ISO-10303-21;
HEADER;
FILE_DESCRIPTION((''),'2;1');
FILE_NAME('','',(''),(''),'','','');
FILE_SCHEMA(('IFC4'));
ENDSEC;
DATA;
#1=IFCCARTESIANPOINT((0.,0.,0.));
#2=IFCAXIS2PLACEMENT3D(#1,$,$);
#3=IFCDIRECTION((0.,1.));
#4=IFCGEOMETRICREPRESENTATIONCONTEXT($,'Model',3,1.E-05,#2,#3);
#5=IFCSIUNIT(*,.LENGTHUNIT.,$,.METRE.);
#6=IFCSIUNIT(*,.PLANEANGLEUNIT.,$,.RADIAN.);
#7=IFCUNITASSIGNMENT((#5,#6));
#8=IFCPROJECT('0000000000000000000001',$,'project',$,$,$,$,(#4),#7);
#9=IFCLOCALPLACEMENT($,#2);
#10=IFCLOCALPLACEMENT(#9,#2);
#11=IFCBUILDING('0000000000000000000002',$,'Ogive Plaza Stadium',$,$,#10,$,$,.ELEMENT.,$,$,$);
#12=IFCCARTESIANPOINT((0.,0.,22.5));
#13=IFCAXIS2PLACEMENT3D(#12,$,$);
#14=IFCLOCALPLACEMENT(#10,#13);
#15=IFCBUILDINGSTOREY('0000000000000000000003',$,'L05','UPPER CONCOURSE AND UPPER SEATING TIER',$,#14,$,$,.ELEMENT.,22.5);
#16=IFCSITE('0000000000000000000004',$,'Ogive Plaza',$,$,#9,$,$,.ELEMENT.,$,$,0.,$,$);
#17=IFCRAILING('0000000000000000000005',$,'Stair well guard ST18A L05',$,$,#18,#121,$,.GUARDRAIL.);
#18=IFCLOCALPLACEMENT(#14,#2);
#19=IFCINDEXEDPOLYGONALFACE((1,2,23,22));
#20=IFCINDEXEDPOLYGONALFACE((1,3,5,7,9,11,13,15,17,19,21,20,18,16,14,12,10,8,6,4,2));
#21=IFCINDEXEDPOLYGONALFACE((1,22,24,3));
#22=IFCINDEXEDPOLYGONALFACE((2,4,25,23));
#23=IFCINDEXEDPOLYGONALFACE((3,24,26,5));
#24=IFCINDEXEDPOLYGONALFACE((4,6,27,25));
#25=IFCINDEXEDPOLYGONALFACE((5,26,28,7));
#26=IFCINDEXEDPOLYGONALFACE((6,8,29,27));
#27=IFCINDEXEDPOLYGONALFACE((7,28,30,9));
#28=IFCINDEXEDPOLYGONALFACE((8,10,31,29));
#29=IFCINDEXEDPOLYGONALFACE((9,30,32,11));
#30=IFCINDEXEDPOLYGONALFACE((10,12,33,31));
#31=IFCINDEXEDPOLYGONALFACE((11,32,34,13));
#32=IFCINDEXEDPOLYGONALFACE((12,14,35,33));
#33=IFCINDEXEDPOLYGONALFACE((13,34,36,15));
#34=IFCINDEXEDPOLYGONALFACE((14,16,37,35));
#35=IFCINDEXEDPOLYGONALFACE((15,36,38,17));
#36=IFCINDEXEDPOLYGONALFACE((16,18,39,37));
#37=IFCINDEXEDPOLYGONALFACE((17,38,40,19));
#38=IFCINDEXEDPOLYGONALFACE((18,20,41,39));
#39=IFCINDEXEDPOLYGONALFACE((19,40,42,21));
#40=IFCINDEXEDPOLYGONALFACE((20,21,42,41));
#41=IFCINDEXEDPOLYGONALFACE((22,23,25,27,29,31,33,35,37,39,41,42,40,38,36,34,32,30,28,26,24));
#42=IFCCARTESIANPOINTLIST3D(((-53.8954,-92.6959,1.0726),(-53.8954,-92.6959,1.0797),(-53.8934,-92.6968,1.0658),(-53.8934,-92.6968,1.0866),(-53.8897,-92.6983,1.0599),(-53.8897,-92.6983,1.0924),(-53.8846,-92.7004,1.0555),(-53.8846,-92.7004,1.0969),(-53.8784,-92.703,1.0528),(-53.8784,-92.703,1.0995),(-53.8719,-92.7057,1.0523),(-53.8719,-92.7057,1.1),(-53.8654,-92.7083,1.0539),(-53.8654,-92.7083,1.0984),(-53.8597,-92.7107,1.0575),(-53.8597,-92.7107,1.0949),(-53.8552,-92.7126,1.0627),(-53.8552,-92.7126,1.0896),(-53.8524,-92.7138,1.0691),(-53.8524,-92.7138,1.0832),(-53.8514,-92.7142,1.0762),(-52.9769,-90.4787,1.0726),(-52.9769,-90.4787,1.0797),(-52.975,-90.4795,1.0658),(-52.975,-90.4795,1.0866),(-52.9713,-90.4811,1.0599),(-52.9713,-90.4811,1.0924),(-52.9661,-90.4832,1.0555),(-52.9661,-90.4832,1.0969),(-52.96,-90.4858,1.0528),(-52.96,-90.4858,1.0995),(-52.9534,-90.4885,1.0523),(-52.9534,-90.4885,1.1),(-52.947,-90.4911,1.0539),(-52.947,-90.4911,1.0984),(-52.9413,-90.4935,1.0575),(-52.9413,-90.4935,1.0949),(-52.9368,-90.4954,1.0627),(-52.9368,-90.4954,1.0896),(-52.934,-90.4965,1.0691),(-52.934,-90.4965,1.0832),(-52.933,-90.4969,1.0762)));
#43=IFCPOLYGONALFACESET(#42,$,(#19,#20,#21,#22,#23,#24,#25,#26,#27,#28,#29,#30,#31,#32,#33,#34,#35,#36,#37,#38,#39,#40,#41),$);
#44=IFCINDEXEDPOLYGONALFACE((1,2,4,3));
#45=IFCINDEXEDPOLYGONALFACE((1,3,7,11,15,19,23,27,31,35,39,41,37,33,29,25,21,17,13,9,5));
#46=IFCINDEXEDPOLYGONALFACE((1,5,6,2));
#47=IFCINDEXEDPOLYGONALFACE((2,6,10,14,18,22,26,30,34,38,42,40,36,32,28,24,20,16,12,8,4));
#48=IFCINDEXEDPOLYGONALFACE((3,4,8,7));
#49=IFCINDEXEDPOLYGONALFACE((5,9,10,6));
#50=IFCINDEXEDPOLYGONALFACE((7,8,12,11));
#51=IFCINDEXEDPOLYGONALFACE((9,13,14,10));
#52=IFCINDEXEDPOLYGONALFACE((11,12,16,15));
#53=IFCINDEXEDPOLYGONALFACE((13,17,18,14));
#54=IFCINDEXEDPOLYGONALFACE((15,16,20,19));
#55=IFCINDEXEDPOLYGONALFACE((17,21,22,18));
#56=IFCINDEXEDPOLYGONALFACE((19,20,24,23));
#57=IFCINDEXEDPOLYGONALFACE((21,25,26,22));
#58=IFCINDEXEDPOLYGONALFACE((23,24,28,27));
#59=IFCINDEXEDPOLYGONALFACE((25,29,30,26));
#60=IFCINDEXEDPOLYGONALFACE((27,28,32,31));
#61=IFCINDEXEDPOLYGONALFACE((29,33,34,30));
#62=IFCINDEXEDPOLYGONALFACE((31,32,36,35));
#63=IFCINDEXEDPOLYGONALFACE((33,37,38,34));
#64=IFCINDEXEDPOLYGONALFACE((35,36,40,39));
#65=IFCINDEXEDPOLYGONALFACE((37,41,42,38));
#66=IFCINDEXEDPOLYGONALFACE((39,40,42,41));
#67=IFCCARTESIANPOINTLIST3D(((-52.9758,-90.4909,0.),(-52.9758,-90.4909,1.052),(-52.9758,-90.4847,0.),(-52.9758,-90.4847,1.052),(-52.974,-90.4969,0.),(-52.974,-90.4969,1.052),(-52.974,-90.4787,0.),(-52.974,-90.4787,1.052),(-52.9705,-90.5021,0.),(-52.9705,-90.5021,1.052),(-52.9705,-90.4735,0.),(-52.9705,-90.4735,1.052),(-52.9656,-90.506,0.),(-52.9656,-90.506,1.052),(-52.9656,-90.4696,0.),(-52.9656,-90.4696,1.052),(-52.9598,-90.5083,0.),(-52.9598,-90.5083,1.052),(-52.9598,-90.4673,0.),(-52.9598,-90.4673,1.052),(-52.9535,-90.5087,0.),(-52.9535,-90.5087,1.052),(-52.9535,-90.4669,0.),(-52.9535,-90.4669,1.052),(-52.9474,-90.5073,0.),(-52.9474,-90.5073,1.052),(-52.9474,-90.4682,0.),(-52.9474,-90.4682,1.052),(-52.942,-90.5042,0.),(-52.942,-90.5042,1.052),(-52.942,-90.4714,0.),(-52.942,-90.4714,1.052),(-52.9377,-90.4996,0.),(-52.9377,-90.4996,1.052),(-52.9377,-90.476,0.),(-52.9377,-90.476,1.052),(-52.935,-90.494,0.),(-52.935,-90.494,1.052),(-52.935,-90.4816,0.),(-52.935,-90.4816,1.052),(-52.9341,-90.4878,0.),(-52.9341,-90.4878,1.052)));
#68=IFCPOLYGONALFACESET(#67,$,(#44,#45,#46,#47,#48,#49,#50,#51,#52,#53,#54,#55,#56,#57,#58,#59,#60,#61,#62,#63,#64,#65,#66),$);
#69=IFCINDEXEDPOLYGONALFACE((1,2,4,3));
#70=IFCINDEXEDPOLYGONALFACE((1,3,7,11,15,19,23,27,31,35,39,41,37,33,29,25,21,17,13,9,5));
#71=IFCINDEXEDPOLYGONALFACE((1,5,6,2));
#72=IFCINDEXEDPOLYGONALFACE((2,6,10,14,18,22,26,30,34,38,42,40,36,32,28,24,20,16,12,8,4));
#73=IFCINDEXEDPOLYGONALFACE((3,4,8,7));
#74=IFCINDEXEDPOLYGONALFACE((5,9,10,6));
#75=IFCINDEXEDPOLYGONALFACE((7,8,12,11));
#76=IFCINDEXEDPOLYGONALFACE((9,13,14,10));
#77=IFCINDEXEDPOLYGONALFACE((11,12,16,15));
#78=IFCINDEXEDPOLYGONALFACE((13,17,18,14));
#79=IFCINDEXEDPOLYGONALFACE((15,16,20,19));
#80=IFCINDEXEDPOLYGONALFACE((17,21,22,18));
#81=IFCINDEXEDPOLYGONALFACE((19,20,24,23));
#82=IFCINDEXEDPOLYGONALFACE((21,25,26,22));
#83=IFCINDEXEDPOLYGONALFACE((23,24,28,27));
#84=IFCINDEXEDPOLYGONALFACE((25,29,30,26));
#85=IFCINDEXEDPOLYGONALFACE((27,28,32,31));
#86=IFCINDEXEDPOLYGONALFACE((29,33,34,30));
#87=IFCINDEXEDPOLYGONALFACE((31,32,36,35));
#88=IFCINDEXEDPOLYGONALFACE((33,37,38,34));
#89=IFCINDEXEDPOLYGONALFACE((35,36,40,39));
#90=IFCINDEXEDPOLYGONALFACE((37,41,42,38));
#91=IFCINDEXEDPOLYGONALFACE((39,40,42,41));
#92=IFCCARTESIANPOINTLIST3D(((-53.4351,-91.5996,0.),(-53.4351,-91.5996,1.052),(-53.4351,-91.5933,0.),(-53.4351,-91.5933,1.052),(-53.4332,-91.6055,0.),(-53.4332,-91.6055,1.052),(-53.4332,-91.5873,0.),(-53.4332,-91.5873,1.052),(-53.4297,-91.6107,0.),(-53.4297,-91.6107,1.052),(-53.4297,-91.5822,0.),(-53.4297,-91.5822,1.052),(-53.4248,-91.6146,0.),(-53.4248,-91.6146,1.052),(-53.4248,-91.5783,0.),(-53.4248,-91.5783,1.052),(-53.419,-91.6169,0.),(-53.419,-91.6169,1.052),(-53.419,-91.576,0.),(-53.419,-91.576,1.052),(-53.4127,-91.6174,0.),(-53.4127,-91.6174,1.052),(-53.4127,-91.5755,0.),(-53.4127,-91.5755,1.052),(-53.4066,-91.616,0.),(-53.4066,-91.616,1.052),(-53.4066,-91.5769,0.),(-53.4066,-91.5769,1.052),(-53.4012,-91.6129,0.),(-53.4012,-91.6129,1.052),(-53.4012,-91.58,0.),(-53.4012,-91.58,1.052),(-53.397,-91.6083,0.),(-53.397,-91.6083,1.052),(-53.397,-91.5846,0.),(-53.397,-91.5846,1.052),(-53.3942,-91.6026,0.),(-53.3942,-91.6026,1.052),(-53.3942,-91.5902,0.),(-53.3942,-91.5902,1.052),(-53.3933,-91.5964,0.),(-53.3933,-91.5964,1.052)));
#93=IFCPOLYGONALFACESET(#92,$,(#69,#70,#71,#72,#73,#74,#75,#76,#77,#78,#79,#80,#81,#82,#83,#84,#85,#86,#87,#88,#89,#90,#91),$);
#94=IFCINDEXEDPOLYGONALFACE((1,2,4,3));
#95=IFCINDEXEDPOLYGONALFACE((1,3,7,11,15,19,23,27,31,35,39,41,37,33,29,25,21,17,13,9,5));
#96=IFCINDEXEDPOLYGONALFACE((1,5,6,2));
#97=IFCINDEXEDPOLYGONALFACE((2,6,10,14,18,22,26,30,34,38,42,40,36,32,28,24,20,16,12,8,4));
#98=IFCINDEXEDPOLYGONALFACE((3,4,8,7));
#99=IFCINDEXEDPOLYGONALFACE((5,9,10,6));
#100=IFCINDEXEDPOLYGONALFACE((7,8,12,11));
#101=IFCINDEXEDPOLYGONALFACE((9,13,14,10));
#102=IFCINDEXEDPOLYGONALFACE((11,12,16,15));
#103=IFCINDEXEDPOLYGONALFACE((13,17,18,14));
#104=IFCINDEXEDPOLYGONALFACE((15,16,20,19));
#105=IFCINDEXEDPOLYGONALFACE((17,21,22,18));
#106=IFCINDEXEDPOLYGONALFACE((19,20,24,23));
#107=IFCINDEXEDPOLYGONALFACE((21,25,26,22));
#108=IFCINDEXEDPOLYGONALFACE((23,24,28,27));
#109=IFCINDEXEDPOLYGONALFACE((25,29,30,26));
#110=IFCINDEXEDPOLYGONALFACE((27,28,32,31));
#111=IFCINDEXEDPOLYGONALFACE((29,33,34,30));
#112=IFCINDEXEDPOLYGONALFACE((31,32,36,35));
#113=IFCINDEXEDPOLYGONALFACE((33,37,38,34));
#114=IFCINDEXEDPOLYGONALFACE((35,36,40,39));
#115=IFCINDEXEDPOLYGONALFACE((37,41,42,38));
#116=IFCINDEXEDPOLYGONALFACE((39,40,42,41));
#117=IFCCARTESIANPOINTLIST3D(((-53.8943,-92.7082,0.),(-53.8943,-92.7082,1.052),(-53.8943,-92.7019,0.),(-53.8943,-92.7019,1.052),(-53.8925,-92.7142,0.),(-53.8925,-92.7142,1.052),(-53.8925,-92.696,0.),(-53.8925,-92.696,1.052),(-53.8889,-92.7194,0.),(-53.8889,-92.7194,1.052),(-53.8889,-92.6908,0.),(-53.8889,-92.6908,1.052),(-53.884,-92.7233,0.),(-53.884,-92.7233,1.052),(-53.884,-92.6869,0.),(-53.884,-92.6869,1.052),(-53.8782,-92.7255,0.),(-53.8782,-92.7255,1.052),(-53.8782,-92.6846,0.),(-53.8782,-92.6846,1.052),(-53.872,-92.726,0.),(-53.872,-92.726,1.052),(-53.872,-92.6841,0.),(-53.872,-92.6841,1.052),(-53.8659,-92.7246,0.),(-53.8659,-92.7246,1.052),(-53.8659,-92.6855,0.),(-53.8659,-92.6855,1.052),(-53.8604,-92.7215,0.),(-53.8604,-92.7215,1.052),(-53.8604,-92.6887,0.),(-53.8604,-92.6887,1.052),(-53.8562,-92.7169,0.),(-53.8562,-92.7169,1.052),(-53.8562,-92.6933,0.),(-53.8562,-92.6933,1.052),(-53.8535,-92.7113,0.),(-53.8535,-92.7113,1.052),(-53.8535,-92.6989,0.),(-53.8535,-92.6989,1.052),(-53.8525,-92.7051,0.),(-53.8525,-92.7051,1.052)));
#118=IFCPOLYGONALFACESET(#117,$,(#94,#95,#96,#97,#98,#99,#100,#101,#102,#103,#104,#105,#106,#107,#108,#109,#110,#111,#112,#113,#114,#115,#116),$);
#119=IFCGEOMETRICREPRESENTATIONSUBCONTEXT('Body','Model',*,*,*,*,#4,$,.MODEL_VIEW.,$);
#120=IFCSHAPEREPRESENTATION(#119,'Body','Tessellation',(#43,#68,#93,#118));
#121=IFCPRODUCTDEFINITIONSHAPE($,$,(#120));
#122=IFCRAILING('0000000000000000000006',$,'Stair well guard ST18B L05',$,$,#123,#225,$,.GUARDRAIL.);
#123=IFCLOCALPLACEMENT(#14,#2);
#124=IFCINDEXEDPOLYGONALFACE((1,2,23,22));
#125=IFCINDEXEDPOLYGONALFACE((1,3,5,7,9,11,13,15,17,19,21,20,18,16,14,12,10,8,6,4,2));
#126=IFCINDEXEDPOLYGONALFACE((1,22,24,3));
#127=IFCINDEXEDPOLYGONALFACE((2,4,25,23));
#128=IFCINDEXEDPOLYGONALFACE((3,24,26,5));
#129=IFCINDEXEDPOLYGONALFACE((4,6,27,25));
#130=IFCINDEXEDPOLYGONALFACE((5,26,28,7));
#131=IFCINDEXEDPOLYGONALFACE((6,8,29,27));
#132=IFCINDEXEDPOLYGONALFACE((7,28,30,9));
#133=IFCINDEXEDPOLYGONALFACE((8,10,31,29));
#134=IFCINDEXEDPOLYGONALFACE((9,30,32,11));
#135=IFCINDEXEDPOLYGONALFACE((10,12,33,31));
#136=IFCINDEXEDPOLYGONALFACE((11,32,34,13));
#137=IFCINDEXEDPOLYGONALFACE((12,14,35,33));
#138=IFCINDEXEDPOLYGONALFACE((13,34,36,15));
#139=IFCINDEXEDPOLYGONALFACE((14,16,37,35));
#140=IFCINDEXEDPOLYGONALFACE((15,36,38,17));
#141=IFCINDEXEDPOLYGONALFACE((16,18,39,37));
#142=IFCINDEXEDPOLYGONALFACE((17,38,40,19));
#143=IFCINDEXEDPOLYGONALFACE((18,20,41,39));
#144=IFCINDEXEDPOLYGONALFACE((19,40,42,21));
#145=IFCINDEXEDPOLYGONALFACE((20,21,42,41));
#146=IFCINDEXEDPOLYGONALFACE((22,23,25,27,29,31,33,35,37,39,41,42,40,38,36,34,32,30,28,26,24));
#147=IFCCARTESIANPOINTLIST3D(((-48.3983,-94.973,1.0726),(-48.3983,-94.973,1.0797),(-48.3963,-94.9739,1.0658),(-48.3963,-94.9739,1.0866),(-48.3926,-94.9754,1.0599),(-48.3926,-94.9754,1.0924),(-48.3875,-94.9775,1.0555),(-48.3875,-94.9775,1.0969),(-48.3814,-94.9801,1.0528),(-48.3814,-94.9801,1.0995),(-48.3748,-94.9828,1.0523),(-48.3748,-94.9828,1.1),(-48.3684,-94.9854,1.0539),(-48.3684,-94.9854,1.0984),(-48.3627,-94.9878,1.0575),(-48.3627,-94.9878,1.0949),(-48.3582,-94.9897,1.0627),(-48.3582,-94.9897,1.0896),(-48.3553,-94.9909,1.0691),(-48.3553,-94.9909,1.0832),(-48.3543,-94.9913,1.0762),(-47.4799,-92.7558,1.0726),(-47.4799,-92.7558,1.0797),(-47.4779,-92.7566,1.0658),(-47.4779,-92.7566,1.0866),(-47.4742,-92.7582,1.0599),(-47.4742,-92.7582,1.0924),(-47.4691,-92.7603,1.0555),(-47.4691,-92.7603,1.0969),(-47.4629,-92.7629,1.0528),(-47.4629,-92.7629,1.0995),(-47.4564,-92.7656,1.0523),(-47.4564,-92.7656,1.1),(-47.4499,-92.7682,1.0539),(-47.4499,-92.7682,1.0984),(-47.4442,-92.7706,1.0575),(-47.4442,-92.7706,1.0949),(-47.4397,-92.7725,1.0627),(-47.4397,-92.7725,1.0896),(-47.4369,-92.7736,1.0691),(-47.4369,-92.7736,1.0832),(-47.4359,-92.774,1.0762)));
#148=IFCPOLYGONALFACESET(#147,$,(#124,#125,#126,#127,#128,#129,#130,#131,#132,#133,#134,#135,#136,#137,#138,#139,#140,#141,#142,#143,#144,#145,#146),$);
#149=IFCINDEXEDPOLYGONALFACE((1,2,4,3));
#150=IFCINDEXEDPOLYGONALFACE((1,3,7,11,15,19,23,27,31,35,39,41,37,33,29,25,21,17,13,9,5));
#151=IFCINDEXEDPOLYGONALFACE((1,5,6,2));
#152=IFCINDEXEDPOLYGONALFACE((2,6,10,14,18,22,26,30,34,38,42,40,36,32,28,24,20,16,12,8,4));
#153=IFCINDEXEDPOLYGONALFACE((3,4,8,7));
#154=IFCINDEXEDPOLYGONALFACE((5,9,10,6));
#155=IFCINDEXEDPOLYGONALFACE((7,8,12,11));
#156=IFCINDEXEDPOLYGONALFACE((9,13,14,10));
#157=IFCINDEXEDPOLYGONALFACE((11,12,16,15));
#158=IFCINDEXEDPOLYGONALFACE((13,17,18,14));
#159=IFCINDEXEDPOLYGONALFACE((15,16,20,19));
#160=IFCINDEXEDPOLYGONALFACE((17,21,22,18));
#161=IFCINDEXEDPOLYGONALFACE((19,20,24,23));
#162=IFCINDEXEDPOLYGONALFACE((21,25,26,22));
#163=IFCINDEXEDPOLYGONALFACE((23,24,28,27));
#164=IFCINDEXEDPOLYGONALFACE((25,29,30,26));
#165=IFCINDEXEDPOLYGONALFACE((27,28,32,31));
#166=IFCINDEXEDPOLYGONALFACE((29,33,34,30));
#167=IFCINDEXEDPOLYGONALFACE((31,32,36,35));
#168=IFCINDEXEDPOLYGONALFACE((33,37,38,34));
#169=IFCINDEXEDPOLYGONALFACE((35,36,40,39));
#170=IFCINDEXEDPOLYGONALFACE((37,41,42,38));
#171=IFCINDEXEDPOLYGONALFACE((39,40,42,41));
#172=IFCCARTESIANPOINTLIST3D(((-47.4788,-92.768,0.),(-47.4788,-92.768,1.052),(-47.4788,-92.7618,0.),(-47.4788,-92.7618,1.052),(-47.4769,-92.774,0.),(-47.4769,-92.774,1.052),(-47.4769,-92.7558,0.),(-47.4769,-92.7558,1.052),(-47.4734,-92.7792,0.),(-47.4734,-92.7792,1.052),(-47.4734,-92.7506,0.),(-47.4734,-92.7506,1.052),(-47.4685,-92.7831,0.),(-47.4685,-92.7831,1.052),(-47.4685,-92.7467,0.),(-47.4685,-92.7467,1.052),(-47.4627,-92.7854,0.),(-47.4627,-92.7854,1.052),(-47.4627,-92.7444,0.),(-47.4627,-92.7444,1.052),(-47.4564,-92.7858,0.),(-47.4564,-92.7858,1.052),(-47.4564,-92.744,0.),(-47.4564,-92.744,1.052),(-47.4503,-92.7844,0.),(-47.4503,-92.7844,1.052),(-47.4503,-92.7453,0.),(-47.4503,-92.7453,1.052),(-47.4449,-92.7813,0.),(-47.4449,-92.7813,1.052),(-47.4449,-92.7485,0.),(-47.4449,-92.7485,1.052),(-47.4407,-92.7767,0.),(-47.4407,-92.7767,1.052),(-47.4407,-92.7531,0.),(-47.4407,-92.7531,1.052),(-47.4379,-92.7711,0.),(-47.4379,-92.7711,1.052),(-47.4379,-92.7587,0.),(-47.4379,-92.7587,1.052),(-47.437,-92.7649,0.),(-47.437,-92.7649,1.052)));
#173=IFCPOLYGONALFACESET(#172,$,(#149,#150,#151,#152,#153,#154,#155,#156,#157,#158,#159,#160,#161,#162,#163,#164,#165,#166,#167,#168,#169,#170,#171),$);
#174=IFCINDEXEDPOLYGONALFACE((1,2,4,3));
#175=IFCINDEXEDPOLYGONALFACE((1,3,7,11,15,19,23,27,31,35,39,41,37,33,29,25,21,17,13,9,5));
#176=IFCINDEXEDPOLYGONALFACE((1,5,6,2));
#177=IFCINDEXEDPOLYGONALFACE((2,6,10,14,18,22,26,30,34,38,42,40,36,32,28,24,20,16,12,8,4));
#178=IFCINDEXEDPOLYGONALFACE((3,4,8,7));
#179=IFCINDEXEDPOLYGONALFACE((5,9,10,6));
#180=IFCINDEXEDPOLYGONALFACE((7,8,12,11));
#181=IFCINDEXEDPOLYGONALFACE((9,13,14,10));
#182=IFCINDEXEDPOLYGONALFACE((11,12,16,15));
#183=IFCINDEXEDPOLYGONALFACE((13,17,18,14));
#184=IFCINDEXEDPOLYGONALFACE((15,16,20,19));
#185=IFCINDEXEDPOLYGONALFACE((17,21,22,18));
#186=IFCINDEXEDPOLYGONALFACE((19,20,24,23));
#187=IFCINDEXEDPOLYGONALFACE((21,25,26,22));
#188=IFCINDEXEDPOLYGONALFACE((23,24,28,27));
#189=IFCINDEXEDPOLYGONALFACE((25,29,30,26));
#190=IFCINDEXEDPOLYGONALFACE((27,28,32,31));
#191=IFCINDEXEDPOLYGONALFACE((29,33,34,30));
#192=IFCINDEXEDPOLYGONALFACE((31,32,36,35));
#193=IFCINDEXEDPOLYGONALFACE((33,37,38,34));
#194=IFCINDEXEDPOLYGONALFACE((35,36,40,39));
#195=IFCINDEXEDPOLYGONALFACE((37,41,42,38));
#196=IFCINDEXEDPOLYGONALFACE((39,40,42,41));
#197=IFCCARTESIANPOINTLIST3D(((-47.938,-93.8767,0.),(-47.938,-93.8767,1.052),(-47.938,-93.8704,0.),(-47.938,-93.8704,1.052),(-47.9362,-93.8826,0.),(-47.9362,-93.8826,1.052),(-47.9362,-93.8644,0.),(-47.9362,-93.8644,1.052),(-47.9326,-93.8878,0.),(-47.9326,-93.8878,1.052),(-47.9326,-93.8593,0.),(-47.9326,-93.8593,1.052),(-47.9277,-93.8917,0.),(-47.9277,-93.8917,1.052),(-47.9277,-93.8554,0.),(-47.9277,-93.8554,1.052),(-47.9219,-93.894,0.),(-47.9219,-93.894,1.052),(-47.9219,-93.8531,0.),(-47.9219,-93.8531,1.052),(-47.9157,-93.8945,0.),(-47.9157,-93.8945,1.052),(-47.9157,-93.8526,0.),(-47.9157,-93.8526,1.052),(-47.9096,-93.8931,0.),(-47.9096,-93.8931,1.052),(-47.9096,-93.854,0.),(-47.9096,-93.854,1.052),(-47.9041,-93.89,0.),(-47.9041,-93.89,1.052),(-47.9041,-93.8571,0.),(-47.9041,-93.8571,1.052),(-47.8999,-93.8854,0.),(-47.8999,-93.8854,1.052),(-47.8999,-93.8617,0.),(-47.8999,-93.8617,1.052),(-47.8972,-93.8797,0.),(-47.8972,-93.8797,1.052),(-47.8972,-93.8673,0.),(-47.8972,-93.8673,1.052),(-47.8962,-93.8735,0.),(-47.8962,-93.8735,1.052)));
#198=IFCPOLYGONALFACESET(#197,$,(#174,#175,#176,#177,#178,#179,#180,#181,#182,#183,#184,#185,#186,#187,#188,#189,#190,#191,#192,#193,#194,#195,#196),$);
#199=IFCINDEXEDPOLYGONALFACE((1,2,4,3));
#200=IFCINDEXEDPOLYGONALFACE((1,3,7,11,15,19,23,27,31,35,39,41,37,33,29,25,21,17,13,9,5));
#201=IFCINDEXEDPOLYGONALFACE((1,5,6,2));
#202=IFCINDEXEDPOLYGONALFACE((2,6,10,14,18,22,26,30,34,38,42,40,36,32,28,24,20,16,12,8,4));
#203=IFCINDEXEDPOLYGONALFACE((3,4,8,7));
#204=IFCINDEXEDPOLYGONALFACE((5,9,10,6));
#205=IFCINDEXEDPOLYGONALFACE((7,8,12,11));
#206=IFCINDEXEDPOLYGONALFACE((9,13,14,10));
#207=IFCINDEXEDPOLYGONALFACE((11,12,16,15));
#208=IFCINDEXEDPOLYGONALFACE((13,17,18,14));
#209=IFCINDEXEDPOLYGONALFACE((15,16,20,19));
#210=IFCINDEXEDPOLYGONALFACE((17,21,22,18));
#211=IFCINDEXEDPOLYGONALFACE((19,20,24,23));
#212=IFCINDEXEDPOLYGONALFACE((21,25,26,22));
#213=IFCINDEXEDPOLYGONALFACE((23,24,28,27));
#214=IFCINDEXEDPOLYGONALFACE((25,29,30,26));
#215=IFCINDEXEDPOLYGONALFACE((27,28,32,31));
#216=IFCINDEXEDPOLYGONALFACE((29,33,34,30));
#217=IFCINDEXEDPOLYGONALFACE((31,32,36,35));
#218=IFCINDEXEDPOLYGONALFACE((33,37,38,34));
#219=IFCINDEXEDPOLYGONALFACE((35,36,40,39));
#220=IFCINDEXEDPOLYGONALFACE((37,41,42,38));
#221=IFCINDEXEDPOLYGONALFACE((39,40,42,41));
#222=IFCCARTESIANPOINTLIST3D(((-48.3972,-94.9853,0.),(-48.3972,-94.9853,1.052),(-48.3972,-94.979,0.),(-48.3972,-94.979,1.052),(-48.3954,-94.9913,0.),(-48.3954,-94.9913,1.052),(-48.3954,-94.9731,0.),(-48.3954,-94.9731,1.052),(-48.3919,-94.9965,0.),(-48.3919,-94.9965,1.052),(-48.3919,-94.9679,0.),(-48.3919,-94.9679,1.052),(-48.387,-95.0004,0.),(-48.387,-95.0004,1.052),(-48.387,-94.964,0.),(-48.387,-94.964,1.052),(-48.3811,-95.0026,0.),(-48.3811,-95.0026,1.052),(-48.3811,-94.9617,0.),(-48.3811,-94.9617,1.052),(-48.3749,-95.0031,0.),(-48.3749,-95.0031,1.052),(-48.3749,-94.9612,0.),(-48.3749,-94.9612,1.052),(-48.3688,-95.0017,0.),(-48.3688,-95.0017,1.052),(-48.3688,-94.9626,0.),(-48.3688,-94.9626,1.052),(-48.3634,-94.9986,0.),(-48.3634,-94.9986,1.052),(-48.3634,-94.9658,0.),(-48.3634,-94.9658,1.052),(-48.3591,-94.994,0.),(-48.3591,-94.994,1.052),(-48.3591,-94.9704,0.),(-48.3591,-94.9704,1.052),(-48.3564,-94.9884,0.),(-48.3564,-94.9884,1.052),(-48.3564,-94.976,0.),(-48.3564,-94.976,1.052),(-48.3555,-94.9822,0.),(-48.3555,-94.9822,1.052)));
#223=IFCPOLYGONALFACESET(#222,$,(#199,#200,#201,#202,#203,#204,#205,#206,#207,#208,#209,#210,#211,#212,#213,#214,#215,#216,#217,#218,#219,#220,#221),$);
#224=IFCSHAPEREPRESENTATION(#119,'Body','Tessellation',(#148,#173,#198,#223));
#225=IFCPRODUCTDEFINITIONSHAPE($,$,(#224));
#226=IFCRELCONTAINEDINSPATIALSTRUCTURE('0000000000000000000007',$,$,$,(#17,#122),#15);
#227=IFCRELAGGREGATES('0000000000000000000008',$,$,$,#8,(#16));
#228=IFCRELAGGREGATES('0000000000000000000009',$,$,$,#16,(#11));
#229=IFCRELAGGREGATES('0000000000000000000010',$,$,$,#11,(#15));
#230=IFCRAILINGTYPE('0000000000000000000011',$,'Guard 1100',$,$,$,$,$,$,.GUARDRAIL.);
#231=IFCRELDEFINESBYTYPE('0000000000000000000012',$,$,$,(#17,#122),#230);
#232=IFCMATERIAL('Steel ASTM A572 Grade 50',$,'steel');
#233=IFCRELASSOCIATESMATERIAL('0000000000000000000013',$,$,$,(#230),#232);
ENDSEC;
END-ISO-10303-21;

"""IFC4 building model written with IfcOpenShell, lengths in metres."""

from ifc_helpers import new_model, si_unit, direction, frame, origin, origin_2d, place, context, subcontext, project, spatial, circle, extrude, material, type_object, element, save


model = new_model("IFC4")

# Units and contexts
model_context = context("Model", 3, precision=1e-05, world=origin(), true_north=direction((0.0, 1.0)))
body_context = subcontext(model_context, "Body", "Model", "MODEL_VIEW")
ifc_project = project(units=[si_unit("LENGTHUNIT", "METRE"), si_unit("PLANEANGLEUNIT", "RADIAN")], contexts=[model_context])

# Site, building, storey
site_placement = place(None, origin())
site = spatial("IfcSite", under=ifc_project, at=site_placement, Name="Ogive Plaza", CompositionType="ELEMENT", RefElevation=0.0)
building_placement = place(site_placement, origin())
building = spatial("IfcBuilding", under=site, at=building_placement, Name="Ogive Plaza Stadium", CompositionType="ELEMENT")
storey_placement = place(building_placement, frame((0.0, 0.0, 22.5)))
storey = spatial("IfcBuildingStorey", under=building, at=storey_placement, Name="L05", Description="UPPER CONCOURSE AND UPPER SEATING TIER", CompositionType="ELEMENT", Elevation=22.5)

# Railings
ifc_material_1 = material(Name="Steel ASTM A572 Grade 50", Category="steel")
railing_type = type_object("IfcRailingType", Name="Guard 1100", PredefinedType="GUARDRAIL", material=ifc_material_1)
for number, where, name in (
    (1, (-52.9551, -90.4878, 0.0), "Stair well guard ST18A L05"),
    (2, (-47.458, -92.7649, 0.0), "Stair well guard ST18B L05"),
):
    element("IfcRailing", number, at=place(storey_placement, frame(where)), inside=storey, type_object=railing_type, Name=name, PredefinedType="GUARDRAIL", context=body_context, shape_type="SweptSolid", body=[
        extrude(circle(Radius=0.0239, at=origin_2d()), frame((0.0, 0.0, 1.0762), z_axis=(-0.382693, -0.923875, 0.0), x_axis=(0.923875, -0.382693, 0.0)), (0.0, 0.0, 1.0), 2.3999),
        extrude(circle(Radius=0.021, at=origin_2d()), origin(), (0.0, 0.0, 1.0), 1.052),
        extrude(circle(Radius=0.021, at=origin_2d()), frame((-0.4592, -1.1086, 0.0)), (0.0, 0.0, 1.0), 1.052),
        extrude(circle(Radius=0.021, at=origin_2d()), frame((-0.9185, -2.2173, 0.0)), (0.0, 0.0, 1.0), 1.052),
    ])

save(model, "model.ifc")
